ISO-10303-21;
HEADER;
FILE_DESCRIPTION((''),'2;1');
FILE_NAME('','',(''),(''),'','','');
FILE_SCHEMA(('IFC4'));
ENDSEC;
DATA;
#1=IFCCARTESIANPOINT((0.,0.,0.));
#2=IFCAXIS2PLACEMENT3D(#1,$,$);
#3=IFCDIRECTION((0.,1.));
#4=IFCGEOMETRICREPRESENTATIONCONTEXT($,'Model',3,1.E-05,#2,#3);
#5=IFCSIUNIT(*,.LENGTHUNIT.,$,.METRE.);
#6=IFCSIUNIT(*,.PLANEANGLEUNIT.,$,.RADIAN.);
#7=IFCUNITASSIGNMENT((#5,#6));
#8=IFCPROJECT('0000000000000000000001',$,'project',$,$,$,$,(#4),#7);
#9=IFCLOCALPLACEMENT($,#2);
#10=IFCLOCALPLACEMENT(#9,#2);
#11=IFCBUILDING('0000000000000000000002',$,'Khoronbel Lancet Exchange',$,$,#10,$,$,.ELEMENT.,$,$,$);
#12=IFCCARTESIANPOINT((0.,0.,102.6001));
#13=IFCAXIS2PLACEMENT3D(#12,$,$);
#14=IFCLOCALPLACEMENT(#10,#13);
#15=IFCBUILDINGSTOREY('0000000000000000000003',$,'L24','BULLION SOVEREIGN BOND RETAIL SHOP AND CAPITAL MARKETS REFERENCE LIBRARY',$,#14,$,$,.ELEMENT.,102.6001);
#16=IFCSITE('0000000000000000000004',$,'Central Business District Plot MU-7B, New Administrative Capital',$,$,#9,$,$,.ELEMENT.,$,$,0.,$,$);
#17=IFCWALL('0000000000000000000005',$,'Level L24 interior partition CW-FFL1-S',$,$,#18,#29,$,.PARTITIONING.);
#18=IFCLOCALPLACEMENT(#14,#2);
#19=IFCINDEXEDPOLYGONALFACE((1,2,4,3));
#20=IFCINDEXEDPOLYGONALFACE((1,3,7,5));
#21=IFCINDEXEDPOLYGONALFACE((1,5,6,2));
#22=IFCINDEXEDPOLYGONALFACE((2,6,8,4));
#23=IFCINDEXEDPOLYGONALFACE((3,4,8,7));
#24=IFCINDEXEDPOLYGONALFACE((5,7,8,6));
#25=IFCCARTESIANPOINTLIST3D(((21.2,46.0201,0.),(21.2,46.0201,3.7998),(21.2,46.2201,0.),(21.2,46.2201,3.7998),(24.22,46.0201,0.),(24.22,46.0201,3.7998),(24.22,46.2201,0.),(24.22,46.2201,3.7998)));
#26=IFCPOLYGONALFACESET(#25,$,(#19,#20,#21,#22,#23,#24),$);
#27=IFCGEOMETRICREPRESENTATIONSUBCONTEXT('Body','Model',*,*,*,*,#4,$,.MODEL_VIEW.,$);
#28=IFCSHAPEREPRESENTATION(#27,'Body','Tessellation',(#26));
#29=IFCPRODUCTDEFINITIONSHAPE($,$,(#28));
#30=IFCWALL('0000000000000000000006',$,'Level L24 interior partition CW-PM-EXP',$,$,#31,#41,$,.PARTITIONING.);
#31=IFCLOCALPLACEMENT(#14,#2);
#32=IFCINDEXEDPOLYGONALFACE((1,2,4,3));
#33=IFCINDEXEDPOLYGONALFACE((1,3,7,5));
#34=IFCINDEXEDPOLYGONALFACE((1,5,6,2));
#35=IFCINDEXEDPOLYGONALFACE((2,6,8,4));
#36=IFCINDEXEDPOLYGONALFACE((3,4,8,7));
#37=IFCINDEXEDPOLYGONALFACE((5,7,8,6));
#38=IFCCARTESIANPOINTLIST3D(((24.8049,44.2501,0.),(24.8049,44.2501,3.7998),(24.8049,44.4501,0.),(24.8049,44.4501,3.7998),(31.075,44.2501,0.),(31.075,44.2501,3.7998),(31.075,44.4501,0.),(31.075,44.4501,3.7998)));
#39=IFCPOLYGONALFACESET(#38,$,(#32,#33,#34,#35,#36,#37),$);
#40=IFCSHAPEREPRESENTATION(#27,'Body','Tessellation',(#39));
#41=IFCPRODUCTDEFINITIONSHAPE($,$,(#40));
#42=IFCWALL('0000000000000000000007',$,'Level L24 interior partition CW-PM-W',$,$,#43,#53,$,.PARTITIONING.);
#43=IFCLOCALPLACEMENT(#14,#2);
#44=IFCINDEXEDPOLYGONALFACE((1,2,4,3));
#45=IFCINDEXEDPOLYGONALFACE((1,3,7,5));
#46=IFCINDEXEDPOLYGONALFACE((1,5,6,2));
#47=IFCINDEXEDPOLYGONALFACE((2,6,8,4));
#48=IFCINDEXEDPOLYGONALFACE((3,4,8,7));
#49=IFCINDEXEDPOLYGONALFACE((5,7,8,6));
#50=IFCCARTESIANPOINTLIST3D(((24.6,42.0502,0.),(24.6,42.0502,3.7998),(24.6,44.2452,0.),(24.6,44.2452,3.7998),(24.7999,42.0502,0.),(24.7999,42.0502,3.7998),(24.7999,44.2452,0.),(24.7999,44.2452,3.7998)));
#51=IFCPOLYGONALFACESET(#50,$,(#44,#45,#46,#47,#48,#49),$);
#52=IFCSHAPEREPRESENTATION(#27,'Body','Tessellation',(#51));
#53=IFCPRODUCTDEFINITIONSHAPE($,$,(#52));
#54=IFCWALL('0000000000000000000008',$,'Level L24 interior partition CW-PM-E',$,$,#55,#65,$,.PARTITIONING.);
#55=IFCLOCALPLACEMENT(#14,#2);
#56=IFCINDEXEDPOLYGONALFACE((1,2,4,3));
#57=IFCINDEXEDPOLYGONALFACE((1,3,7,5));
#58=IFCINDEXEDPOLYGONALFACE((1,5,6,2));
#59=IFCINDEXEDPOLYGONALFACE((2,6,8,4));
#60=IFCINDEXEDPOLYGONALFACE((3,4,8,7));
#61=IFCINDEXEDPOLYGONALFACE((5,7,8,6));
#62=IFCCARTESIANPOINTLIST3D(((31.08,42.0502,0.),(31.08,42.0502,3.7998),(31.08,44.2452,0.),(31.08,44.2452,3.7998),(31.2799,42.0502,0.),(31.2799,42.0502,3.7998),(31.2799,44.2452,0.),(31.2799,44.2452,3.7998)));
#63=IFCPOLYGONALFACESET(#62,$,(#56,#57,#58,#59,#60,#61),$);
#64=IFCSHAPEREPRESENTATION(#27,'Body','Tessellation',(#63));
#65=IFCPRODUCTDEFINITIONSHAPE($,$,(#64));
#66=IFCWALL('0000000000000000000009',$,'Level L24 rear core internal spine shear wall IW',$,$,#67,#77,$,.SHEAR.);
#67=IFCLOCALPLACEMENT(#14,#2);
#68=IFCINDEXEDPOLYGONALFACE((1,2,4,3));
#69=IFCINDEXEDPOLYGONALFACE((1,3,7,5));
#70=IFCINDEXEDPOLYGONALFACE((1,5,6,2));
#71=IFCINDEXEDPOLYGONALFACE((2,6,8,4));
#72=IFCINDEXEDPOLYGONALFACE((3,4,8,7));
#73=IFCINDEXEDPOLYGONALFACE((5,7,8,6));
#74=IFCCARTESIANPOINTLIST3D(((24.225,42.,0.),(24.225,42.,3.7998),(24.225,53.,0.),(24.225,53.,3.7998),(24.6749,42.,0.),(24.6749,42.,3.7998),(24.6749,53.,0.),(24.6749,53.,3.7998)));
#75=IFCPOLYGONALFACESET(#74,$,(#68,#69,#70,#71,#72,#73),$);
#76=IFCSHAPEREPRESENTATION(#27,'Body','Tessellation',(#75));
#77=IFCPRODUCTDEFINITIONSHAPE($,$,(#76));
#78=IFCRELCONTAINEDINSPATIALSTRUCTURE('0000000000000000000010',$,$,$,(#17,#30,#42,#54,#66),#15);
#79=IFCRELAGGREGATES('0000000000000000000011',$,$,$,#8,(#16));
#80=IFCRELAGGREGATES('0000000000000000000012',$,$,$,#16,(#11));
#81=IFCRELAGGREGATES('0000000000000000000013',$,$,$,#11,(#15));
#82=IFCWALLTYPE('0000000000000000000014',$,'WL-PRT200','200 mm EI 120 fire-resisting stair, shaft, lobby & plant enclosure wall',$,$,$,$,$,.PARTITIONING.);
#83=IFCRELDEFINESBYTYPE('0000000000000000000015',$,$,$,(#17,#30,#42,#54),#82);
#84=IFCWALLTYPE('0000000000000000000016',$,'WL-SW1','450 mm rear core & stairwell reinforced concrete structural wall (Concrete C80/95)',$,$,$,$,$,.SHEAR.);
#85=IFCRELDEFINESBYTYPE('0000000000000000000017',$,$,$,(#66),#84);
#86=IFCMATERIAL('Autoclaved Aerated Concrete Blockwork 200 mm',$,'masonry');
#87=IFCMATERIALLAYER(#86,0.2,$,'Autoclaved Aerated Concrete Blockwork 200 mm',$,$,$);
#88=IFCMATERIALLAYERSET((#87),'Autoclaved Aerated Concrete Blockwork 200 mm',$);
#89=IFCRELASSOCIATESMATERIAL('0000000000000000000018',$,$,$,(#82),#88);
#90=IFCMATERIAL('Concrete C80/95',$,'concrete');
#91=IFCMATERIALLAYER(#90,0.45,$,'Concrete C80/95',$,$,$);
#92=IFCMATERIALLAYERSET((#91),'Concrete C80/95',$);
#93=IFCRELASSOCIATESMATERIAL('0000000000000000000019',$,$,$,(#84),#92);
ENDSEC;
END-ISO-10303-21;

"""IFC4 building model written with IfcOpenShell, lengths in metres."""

from ifc_helpers import new_model, si_unit, direction, frame, frame_2d, origin, place, context, subcontext, project, spatial, rectangle, extrude, material, layer, layer_set, type_object, element, save


model = new_model("IFC4")

# Units and contexts
model_context = context("Model", 3, precision=1e-05, world=origin(), true_north=direction((0.0, 1.0)))
body_context = subcontext(model_context, "Body", "Model", "MODEL_VIEW")
ifc_project = project(units=[si_unit("LENGTHUNIT", "METRE"), si_unit("PLANEANGLEUNIT", "RADIAN")], contexts=[model_context])

# Site, building, storey
site_placement = place(None, origin())
site = spatial("IfcSite", under=ifc_project, at=site_placement, Name="Central Business District Plot MU-7B, New Administrative Capital", CompositionType="ELEMENT", RefElevation=0.0)
building_placement = place(site_placement, origin())
building = spatial("IfcBuilding", under=site, at=building_placement, Name="Khoronbel Lancet Exchange", CompositionType="ELEMENT")
storey_placement = place(building_placement, frame((0.0, 0.0, 102.6001)))
storey = spatial("IfcBuildingStorey", under=building, at=storey_placement, Name="L24", Description="BULLION SOVEREIGN BOND RETAIL SHOP AND CAPITAL MARKETS REFERENCE LIBRARY", CompositionType="ELEMENT", Elevation=102.6001)

# Shared definitions
ifc_material_1 = material(Name="Concrete C80/95", Category="concrete")

# Shared definitions
ifc_material_2 = material(Name="Autoclaved Aerated Concrete Blockwork 200 mm", Category="masonry")
ifc_layer_1 = layer(ifc_material_2, 0.2, Name="Autoclaved Aerated Concrete Blockwork 200 mm")
ifc_layer_set_1 = layer_set([ifc_layer_1], Name="Autoclaved Aerated Concrete Blockwork 200 mm")
wall_type_1 = type_object("IfcWallType", Name="WL-PRT200", Description="200 mm EI 120 fire-resisting stair, shaft, lobby & plant enclosure wall", PredefinedType="PARTITIONING", material=ifc_layer_set_1)

# Wall
wall_1_placement = place(storey_placement, frame((21.2, 46.1201, 0.0), z_axis=(0.0, 0.0, 1.0), x_axis=(1.0, 0.0, 0.0)))
element("IfcWall", 1, at=wall_1_placement, inside=storey, type_object=wall_type_1, Name="Level L24 interior partition CW-FFL1-S", PredefinedType="PARTITIONING", context=body_context, shape_type="SweptSolid", body=[
    extrude(rectangle(XDim=3.02, YDim=0.2, at=frame_2d((1.51, 0.0))), origin(), (0.0, 0.0, 1.0), 3.7998),
])

# Walls
wall_2_placement = place(storey_placement, frame((24.8049, 44.3501, 0.0), z_axis=(0.0, 0.0, 1.0), x_axis=(1.0, 0.0, 0.0)))
element("IfcWall", 2, at=wall_2_placement, inside=storey, type_object=wall_type_1, Name="Level L24 interior partition CW-PM-EXP", PredefinedType="PARTITIONING", context=body_context, shape_type="SweptSolid", body=[
    extrude(rectangle(XDim=6.27, YDim=0.2, at=frame_2d((3.135, 0.0))), origin(), (0.0, 0.0, 1.0), 3.7998),
])
for number, where, z_axis, x_axis, name in (
    (3, (24.7, 42.05, 0.0), (0.0, 0.0, 1.0), (0.0, 1.0, 0.0), "Level L24 interior partition CW-PM-W"),
    (4, (31.1799, 42.05, 0.0), (0.0, 0.0, 1.0), (0.0, 1.0, 0.0), "Level L24 interior partition CW-PM-E"),
):
    element("IfcWall", number, at=place(storey_placement, frame(where, z_axis=z_axis, x_axis=x_axis)), inside=storey, type_object=wall_type_1, Name=name, PredefinedType="PARTITIONING", context=body_context, shape_type="SweptSolid", body=[
        extrude(rectangle(XDim=2.1951, YDim=0.2, at=frame_2d((1.0977, 0.0))), origin(), (0.0, 0.0, 1.0), 3.7998),
    ])
ifc_layer_2 = layer(ifc_material_1, 0.45, Name="Concrete C80/95")
ifc_layer_set_2 = layer_set([ifc_layer_2], Name="Concrete C80/95")
wall_type_2 = type_object("IfcWallType", Name="WL-SW1", Description="450 mm rear core & stairwell reinforced concrete structural wall (Concrete C80/95)", PredefinedType="SHEAR", material=ifc_layer_set_2)
wall_3_placement = place(storey_placement, frame((24.45, 42.0, 0.0), z_axis=(0.0, 0.0, 1.0), x_axis=(0.0, 1.0, 0.0)))
element("IfcWall", 5, at=wall_3_placement, inside=storey, type_object=wall_type_2, Name="Level L24 rear core internal spine shear wall IW", PredefinedType="SHEAR", context=body_context, shape_type="SweptSolid", body=[
    extrude(rectangle(XDim=11.0, YDim=0.45, at=frame_2d((5.5, 0.0))), origin(), (0.0, 0.0, 1.0), 3.7998),
])

save(model, "model.ifc")
